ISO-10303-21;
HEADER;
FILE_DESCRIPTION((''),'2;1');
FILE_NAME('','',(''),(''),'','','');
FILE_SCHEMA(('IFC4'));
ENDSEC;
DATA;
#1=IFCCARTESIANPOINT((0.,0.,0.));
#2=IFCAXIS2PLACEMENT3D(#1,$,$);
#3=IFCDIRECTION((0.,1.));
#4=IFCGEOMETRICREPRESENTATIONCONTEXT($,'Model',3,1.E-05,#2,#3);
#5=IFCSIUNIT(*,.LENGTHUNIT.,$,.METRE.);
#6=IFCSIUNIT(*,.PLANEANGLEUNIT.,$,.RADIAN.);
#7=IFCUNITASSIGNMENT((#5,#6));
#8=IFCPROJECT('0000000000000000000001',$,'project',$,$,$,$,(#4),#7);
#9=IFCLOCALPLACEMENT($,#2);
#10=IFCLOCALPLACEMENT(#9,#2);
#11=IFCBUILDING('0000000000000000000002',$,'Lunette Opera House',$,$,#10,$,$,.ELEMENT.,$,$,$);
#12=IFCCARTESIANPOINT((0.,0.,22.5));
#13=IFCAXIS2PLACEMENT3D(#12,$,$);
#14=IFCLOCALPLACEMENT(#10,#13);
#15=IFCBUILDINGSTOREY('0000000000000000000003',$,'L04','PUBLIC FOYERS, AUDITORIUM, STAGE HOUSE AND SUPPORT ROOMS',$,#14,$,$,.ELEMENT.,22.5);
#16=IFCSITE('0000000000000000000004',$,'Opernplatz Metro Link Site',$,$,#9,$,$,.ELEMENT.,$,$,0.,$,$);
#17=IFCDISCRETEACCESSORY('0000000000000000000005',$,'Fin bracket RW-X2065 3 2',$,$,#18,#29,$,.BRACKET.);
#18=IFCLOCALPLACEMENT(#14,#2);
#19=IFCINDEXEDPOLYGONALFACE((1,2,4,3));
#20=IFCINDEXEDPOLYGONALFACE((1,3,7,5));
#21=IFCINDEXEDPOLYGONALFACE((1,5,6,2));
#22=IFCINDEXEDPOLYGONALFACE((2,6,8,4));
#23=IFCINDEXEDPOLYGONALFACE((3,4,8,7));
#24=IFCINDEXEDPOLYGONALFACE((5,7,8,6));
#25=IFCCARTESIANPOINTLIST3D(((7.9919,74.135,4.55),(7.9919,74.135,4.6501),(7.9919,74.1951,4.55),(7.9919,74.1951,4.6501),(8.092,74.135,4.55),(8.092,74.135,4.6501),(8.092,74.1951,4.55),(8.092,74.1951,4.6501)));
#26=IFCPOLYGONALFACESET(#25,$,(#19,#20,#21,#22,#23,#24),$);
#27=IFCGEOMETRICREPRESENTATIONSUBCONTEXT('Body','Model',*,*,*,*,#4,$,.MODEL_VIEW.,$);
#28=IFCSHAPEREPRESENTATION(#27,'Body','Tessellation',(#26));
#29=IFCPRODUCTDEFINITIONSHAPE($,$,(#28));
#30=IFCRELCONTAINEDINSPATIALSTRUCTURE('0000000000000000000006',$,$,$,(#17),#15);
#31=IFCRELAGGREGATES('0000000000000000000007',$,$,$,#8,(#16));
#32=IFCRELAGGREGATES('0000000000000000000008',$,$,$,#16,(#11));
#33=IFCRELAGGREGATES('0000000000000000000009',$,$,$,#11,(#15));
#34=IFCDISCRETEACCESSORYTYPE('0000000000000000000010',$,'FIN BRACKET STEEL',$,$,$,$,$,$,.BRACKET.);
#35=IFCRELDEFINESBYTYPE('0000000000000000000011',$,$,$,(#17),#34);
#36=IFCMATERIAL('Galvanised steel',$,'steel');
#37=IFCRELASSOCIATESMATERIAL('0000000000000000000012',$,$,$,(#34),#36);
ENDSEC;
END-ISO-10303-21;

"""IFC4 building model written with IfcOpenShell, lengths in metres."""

from ifc_helpers import new_model, si_unit, direction, frame, origin, origin_2d, place, context, subcontext, project, spatial, rectangle, extrude, material, type_object, element, save


model = new_model("IFC4")

# Units and contexts
model_context = context("Model", 3, precision=1e-05, world=origin(), true_north=direction((0.0, 1.0)))
body_context = subcontext(model_context, "Body", "Model", "MODEL_VIEW")
ifc_project = project(units=[si_unit("LENGTHUNIT", "METRE"), si_unit("PLANEANGLEUNIT", "RADIAN")], contexts=[model_context])

# Site, building, storey
site_placement = place(None, origin())
site = spatial("IfcSite", under=ifc_project, at=site_placement, Name="Opernplatz Metro Link Site", CompositionType="ELEMENT", RefElevation=0.0)
building_placement = place(site_placement, origin())
building = spatial("IfcBuilding", under=site, at=building_placement, Name="Lunette Opera House", CompositionType="ELEMENT")
storey_placement = place(building_placement, frame((0.0, 0.0, 22.5)))
storey = spatial("IfcBuildingStorey", under=building, at=storey_placement, Name="L04", Description="PUBLIC FOYERS, AUDITORIUM, STAGE HOUSE AND SUPPORT ROOMS", CompositionType="ELEMENT", Elevation=22.5)

# Discrete accessory
ifc_material_1 = material(Name="Galvanised steel", Category="steel")
discrete_accessory_type = type_object("IfcDiscreteAccessoryType", Name="FIN BRACKET STEEL", PredefinedType="BRACKET", material=ifc_material_1)
for number, where, z_axis, x_axis, name in (
    (1, (8.042, 74.165, 4.55), (0.0, 0.0, 1.0), (-1.0, 0.0, 0.0), "Fin bracket RW-X2065 3 2"),
):
    element("IfcDiscreteAccessory", number, at=place(storey_placement, frame(where, z_axis=z_axis, x_axis=x_axis)), inside=storey, type_object=discrete_accessory_type, Name=name, PredefinedType="BRACKET", context=body_context, shape_type="SweptSolid", body=[
        extrude(rectangle(XDim=0.1001, YDim=0.0601, at=origin_2d()), origin(), (0.0, 0.0, 1.0), 0.1001),
    ])

save(model, "model.ifc")
